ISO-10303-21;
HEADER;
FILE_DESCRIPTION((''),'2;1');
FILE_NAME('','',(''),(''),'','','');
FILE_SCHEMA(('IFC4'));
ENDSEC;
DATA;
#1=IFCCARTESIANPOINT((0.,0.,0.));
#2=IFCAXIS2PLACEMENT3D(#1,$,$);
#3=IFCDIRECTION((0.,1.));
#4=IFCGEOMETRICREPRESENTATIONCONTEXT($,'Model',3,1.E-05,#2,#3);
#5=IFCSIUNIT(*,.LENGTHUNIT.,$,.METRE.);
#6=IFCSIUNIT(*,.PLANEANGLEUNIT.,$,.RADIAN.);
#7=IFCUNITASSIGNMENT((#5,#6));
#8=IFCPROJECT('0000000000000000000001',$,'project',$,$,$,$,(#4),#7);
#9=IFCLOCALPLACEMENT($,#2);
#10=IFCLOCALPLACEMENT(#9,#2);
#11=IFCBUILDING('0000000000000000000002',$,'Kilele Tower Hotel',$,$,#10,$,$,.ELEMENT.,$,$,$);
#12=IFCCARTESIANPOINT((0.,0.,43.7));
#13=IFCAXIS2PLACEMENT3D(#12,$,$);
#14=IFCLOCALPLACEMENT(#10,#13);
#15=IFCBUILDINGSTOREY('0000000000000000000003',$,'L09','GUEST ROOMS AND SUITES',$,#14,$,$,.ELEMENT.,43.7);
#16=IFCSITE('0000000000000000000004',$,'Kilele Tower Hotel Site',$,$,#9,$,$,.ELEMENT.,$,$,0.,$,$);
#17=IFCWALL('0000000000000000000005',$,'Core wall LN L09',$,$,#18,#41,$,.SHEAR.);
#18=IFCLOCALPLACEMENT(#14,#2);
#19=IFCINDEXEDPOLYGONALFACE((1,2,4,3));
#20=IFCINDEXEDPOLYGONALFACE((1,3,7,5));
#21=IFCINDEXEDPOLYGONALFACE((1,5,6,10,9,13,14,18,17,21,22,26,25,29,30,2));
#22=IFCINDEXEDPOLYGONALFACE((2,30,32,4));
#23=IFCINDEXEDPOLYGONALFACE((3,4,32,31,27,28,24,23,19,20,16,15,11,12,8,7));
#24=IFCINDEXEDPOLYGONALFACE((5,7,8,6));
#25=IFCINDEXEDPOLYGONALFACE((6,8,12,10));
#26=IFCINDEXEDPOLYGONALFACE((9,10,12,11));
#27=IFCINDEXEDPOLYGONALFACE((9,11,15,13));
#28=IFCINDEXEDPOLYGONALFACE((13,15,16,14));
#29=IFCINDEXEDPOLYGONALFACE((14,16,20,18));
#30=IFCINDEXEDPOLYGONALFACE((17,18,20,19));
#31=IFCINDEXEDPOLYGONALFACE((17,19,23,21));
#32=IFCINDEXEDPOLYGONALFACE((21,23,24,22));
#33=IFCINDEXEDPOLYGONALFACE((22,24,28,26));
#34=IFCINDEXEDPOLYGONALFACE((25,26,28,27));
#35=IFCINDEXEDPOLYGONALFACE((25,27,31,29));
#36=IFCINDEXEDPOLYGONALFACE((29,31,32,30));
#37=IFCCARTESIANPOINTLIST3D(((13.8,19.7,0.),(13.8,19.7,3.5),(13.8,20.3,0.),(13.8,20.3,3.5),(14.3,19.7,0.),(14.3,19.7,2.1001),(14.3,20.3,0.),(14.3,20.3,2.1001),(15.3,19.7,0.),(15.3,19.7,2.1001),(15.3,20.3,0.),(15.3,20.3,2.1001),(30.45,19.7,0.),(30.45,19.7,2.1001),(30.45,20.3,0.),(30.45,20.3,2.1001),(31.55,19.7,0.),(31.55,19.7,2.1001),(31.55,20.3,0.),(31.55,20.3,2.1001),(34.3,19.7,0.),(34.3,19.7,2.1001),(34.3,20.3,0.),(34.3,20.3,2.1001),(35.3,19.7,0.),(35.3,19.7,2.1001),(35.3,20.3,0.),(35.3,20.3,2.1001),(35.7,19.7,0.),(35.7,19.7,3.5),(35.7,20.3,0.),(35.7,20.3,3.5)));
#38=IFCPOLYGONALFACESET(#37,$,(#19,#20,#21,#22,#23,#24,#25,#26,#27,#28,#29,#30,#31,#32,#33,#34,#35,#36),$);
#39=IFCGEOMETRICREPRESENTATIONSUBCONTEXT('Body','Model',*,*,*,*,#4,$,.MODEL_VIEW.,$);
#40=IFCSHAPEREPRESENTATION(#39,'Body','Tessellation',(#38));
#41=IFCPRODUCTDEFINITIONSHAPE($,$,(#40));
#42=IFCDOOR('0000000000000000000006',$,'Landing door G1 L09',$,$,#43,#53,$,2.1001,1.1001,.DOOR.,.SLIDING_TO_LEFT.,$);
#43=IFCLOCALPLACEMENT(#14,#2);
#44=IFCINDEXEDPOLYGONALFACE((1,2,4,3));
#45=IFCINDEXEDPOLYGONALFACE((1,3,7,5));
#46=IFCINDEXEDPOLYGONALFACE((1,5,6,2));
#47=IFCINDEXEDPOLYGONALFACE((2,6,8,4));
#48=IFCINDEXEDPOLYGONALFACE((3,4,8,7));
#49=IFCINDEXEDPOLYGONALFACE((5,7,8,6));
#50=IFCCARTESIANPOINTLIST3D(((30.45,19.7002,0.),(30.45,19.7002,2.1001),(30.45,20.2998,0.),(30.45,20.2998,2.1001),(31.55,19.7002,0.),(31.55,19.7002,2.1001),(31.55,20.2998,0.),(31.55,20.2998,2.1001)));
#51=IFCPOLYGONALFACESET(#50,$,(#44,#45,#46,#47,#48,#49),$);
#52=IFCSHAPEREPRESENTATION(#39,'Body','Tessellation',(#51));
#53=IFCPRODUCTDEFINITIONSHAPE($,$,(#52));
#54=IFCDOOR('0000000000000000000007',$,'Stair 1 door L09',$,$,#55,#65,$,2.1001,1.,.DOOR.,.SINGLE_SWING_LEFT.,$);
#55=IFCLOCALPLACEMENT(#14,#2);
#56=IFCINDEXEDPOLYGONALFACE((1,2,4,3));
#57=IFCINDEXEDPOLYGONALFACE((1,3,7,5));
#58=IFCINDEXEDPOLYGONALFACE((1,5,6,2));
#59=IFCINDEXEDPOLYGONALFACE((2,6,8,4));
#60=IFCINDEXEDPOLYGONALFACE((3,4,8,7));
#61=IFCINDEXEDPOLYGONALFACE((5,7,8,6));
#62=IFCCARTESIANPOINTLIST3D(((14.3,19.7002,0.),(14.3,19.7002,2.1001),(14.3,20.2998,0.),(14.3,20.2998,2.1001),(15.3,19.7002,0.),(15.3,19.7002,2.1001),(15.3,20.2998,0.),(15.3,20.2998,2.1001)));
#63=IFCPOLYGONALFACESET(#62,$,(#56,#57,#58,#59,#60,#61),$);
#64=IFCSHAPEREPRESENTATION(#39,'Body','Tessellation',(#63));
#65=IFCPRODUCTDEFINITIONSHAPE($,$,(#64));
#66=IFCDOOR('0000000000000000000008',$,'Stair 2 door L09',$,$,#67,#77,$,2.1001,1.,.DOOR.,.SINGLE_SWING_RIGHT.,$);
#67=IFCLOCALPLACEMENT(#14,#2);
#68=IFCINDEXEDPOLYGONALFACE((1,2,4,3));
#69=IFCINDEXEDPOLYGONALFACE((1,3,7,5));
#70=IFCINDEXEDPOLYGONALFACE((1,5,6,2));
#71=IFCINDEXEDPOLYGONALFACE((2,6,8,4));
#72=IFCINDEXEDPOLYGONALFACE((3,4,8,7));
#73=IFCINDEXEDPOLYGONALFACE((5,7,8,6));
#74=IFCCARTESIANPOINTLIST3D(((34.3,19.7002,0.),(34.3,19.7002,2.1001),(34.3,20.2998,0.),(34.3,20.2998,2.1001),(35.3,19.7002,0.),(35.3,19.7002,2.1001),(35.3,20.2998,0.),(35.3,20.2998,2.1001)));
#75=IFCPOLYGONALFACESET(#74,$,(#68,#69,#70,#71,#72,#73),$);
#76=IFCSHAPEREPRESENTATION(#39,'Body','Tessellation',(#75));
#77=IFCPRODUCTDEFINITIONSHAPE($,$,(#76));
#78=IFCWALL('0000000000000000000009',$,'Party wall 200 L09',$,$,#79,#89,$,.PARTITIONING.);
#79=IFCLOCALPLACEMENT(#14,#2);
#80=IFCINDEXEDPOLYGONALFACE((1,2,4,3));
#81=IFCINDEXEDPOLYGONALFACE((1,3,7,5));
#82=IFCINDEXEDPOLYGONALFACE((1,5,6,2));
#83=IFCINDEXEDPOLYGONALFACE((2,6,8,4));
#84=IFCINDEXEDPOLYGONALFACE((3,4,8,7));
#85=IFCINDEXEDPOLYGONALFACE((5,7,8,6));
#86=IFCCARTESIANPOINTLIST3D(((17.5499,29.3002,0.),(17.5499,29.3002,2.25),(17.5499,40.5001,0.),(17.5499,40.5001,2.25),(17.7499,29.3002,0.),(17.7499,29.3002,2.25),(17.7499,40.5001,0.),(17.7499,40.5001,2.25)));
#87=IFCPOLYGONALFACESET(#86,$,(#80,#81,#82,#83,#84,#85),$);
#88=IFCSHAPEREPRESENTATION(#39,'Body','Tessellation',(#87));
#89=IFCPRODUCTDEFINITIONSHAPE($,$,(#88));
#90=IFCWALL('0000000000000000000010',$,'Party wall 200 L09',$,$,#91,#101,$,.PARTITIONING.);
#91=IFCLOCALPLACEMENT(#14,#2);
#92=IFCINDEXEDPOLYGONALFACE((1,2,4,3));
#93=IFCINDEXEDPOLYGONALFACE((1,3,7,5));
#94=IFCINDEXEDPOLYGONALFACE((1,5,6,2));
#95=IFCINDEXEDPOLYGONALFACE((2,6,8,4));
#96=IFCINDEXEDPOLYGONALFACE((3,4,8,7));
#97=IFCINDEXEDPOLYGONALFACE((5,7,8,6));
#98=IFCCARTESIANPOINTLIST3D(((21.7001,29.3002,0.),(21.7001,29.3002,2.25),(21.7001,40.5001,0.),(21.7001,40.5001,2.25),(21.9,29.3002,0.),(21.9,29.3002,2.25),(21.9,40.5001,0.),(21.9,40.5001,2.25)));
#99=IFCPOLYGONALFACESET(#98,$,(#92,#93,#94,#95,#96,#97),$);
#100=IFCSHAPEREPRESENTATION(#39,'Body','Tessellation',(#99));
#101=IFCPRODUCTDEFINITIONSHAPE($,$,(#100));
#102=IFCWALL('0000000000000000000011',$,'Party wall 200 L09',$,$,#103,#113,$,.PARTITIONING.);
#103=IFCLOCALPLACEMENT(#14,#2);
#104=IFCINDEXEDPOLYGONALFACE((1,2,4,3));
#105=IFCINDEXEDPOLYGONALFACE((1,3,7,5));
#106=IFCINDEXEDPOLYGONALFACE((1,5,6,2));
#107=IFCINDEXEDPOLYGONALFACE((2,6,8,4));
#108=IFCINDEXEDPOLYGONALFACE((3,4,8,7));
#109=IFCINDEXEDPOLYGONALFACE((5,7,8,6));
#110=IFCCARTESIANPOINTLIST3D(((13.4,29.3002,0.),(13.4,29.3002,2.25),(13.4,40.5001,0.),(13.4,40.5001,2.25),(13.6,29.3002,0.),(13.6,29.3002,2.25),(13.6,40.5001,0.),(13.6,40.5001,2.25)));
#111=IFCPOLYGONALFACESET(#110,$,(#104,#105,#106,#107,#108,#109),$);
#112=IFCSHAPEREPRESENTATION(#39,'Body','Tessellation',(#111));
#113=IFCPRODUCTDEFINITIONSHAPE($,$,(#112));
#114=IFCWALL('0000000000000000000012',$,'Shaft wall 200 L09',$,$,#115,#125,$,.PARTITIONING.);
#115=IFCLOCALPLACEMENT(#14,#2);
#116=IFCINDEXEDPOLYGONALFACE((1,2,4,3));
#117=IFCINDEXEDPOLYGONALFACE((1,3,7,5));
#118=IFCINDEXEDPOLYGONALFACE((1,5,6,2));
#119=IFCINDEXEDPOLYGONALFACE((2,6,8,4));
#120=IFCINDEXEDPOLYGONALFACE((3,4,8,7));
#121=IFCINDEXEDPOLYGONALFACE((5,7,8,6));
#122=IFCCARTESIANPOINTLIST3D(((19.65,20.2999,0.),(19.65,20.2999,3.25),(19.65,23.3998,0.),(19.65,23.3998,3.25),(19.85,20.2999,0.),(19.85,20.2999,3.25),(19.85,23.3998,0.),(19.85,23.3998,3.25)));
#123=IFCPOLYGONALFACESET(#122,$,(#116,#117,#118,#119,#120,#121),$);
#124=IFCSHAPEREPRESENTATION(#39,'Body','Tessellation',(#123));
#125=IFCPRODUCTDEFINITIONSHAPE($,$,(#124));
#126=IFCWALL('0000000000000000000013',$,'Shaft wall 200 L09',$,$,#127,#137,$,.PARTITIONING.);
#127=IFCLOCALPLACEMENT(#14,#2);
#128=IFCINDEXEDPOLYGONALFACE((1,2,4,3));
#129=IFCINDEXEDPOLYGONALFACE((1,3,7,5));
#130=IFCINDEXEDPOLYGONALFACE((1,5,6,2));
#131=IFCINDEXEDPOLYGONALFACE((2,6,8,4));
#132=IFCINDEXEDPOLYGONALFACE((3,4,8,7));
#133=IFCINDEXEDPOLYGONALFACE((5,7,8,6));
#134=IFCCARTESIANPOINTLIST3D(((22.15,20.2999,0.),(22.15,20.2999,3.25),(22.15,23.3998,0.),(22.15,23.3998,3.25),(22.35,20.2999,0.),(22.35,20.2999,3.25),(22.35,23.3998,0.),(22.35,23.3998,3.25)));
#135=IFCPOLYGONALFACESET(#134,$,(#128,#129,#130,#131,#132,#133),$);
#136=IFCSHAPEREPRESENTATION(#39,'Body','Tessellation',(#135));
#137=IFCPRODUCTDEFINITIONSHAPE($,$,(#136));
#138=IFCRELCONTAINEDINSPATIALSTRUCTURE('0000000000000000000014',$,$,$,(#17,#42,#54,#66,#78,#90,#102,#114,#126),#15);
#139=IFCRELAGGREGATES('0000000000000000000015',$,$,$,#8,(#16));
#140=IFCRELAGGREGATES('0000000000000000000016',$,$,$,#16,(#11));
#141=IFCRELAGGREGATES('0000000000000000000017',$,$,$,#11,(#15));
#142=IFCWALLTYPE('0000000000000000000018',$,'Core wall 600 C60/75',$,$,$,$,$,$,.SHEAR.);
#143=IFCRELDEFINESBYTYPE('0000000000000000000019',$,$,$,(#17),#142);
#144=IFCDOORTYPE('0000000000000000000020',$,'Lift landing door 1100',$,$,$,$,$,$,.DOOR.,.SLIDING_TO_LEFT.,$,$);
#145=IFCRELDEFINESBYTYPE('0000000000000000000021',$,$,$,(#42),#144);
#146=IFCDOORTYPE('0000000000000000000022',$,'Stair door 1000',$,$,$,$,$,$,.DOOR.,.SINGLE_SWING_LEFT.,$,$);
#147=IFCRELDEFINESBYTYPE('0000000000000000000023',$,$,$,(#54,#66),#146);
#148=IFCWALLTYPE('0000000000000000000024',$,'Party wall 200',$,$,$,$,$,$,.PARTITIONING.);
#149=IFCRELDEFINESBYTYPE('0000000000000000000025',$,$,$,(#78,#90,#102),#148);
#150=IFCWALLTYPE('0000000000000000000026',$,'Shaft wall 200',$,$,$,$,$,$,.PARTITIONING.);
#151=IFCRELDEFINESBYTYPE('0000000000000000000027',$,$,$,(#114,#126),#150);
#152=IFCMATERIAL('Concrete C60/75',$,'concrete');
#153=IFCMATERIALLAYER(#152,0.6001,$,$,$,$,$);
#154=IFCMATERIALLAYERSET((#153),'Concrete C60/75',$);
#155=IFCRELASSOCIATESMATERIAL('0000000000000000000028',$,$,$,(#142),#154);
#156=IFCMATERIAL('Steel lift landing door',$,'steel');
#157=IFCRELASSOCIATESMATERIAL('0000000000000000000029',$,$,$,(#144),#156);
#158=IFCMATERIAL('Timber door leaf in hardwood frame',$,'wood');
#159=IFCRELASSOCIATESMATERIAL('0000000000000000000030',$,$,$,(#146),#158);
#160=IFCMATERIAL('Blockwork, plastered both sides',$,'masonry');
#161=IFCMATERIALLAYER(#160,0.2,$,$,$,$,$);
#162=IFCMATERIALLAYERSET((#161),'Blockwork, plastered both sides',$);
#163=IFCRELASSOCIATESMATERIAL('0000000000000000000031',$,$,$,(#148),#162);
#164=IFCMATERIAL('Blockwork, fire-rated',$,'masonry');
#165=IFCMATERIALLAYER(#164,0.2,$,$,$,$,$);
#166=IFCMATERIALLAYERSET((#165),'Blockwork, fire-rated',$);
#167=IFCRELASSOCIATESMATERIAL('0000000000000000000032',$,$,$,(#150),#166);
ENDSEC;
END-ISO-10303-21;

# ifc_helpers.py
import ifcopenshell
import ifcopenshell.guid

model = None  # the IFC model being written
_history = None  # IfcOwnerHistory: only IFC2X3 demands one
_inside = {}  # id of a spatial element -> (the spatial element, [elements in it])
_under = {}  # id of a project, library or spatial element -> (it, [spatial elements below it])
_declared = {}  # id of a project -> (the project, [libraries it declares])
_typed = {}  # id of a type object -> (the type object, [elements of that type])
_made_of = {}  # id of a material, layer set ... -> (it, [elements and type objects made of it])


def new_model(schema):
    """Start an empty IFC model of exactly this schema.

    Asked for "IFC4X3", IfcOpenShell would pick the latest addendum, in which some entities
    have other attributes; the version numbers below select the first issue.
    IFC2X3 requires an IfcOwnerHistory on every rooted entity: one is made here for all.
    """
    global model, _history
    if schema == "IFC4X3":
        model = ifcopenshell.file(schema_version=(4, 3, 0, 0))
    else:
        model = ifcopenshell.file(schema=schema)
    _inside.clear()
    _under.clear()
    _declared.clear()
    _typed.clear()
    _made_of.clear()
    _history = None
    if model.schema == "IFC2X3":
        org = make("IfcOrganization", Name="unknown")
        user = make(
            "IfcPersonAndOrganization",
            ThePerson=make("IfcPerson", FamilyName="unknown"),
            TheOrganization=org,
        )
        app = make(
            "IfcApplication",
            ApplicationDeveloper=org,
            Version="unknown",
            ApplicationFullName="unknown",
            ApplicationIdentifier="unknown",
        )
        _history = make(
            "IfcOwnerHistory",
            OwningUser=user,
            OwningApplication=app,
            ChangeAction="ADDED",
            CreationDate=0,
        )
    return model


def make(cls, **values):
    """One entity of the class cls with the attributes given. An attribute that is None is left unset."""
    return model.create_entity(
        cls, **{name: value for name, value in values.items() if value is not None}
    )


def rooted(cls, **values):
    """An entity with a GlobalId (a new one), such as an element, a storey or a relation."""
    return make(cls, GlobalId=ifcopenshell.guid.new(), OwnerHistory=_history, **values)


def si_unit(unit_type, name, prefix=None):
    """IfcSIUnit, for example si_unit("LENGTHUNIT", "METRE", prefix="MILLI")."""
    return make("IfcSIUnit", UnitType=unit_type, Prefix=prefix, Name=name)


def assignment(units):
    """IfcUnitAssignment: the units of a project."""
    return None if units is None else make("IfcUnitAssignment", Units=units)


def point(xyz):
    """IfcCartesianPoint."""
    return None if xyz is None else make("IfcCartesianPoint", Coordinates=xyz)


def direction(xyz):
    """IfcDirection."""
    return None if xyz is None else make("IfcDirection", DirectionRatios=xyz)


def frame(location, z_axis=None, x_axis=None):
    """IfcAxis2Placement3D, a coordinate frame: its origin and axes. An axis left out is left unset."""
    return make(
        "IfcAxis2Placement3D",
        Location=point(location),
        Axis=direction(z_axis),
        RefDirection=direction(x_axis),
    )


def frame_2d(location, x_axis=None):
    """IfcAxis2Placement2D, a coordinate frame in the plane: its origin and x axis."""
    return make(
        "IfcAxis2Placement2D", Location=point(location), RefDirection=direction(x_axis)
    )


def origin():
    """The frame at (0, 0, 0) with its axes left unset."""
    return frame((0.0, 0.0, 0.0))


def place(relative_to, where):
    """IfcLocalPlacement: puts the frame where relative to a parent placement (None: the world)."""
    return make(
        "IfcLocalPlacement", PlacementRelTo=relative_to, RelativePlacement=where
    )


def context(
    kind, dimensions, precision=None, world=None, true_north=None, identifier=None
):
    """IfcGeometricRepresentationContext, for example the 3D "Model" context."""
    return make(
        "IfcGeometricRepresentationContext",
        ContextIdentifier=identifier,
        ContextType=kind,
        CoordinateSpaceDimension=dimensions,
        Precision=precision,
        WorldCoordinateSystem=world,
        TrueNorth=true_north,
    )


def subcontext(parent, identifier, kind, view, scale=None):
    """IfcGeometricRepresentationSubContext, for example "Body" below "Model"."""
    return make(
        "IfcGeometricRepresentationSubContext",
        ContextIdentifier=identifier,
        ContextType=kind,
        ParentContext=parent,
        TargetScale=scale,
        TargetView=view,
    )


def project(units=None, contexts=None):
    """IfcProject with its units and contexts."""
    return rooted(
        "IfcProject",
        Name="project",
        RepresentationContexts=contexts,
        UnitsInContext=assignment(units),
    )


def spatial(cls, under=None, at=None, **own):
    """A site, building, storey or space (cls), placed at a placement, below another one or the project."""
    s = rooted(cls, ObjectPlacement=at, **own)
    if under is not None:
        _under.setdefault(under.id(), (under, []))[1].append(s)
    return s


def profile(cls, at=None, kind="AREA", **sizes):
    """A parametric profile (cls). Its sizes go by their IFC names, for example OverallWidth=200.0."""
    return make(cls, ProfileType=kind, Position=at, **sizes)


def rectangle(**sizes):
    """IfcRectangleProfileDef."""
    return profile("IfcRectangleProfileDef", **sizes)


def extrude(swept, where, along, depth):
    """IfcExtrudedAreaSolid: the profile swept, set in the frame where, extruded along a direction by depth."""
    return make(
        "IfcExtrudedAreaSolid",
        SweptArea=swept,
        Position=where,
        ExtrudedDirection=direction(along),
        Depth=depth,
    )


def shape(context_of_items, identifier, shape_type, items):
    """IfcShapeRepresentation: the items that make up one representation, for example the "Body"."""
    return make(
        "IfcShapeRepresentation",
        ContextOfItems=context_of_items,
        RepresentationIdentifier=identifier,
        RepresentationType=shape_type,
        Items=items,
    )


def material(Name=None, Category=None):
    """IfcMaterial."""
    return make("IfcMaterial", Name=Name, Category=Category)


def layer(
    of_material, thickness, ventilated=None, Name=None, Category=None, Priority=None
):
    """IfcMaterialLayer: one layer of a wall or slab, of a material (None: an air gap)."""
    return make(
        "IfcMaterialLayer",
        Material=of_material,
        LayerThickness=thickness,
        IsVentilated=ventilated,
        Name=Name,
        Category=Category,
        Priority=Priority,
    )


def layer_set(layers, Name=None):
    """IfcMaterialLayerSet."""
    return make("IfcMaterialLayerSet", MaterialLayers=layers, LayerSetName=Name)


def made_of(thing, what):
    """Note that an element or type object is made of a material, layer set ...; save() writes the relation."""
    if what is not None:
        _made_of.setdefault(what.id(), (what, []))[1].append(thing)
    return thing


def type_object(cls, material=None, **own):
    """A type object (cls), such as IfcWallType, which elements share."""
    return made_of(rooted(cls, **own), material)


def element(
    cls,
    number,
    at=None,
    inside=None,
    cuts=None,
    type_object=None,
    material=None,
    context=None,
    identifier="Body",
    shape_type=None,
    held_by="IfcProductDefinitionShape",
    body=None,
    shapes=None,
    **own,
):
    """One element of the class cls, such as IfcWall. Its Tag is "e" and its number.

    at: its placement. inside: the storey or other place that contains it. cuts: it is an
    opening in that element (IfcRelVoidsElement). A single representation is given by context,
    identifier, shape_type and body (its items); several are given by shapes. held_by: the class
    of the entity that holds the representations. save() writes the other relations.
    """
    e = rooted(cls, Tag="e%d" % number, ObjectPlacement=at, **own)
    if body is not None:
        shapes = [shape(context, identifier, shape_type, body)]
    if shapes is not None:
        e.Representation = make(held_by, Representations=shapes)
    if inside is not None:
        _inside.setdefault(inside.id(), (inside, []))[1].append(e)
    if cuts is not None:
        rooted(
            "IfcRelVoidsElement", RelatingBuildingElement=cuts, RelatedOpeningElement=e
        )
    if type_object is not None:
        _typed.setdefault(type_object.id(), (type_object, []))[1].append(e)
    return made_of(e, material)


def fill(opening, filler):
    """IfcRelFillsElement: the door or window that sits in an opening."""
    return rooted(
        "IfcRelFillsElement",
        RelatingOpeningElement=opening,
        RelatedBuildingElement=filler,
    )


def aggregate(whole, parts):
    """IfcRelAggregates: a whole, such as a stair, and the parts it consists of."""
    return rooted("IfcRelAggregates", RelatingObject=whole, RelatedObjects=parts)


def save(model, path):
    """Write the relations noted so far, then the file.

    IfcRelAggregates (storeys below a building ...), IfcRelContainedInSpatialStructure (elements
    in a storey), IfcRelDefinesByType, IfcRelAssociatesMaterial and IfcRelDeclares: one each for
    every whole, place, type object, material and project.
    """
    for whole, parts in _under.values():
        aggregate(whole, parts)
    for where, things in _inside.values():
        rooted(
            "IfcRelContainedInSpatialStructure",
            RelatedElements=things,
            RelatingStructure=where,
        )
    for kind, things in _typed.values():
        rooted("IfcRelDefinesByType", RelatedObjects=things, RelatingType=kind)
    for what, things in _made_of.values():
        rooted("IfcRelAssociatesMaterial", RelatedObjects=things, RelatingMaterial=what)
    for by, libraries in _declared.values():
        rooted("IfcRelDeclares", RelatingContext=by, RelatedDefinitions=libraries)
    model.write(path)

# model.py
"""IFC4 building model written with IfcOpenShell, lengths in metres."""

from ifc_helpers import new_model, si_unit, direction, frame, frame_2d, origin, place, context, subcontext, project, spatial, rectangle, extrude, material, layer, layer_set, type_object, element, fill, save


model = new_model("IFC4")

# Units and contexts
model_context = context("Model", 3, precision=1e-05, world=origin(), true_north=direction((0.0, 1.0)))
body_context = subcontext(model_context, "Body", "Model", "MODEL_VIEW")
ifc_project = project(units=[si_unit("LENGTHUNIT", "METRE"), si_unit("PLANEANGLEUNIT", "RADIAN")], contexts=[model_context])

# Site, building, storey
site_placement = place(None, origin())
site = spatial("IfcSite", under=ifc_project, at=site_placement, Name="Kilele Tower Hotel Site", CompositionType="ELEMENT", RefElevation=0.0)
building_placement = place(site_placement, origin())
building = spatial("IfcBuilding", under=site, at=building_placement, Name="Kilele Tower Hotel", CompositionType="ELEMENT")
storey_placement = place(building_placement, frame((0.0, 0.0, 43.7)))
storey = spatial("IfcBuildingStorey", under=building, at=storey_placement, Name="L09", Description="GUEST ROOMS AND SUITES", CompositionType="ELEMENT", Elevation=43.7)

# Wall, openings, doors
ifc_material_1 = material(Name="Concrete C60/75", Category="concrete")
ifc_layer_1 = layer(ifc_material_1, 0.6001)
ifc_layer_set_1 = layer_set([ifc_layer_1], Name="Concrete C60/75")
wall_type_1 = type_object("IfcWallType", Name="Core wall 600 C60/75", PredefinedType="SHEAR", material=ifc_layer_set_1)
wall_1_placement = place(storey_placement, frame((13.8, 20.0, 0.0), z_axis=(0.0, 0.0, 1.0), x_axis=(1.0, 0.0, 0.0)))
wall_1 = element("IfcWall", 1, at=wall_1_placement, inside=storey, type_object=wall_type_1, Name="Core wall LN L09", PredefinedType="SHEAR", context=body_context, shape_type="SweptSolid", body=[
    extrude(rectangle(XDim=21.8999, YDim=0.6001, at=frame_2d((10.95, 0.0))), origin(), (0.0, 0.0, 1.0), 3.5),
])
opening_1_placement = place(wall_1_placement, frame((0.5, 0.0, 0.0)))
opening_1 = element("IfcOpeningElement", 2, at=opening_1_placement, cuts=wall_1, PredefinedType="OPENING", context=body_context, shape_type="SweptSolid", body=[
    extrude(rectangle(XDim=1.0, YDim=2.1001, at=frame_2d((0.5, 1.05))), frame((0.0, 0.3101, 0.0), z_axis=(0.0, -1.0, 0.0), x_axis=(1.0, 0.0, 0.0)), (0.0, 0.0, 1.0), 0.6201),
])
opening_2_placement = place(wall_1_placement, frame((20.5, 0.0, 0.0)))
opening_2 = element("IfcOpeningElement", 3, at=opening_2_placement, cuts=wall_1, PredefinedType="OPENING", context=body_context, shape_type="SweptSolid", body=[
    extrude(rectangle(XDim=1.0, YDim=2.1001, at=frame_2d((0.5, 1.05))), frame((0.0, 0.3101, 0.0), z_axis=(0.0, -1.0, 0.0), x_axis=(1.0, 0.0, 0.0)), (0.0, 0.0, 1.0), 0.6201),
])
opening_3_placement = place(wall_1_placement, frame((16.6499, 0.0, 0.0)))
opening_3 = element("IfcOpeningElement", 4, at=opening_3_placement, cuts=wall_1, PredefinedType="OPENING", context=body_context, shape_type="SweptSolid", body=[
    extrude(rectangle(XDim=1.1001, YDim=2.1001, at=frame_2d((0.55, 1.05))), frame((0.0, 0.3101, 0.0), z_axis=(0.0, -1.0, 0.0), x_axis=(1.0, 0.0, 0.0)), (0.0, 0.0, 1.0), 0.6201),
])
ifc_material_2 = material(Name="Steel lift landing door", Category="steel")
door_type_1 = type_object("IfcDoorType", Name="Lift landing door 1100", OperationType="SLIDING_TO_LEFT", PredefinedType="DOOR", material=ifc_material_2)
door_1_placement = place(opening_3_placement, origin())
door_1 = element("IfcDoor", 5, at=door_1_placement, inside=storey, type_object=door_type_1, Name="Landing door G1 L09", OperationType="SLIDING_TO_LEFT", OverallHeight=2.1001, OverallWidth=1.1001, PredefinedType="DOOR", context=body_context, shape_type="SweptSolid", body=[
    extrude(rectangle(XDim=1.1001, YDim=2.1001, at=frame_2d((0.55, 1.05))), frame((0.0, 0.2998, 0.0), z_axis=(0.0, -1.0, 0.0), x_axis=(1.0, 0.0, 0.0)), (0.0, 0.0, 1.0), 0.5996),
])
fill(opening_3, door_1)
ifc_material_3 = material(Name="Timber door leaf in hardwood frame", Category="wood")
door_type_2 = type_object("IfcDoorType", Name="Stair door 1000", OperationType="SINGLE_SWING_LEFT", PredefinedType="DOOR", material=ifc_material_3)
door_2_placement = place(opening_1_placement, origin())
door_2 = element("IfcDoor", 6, at=door_2_placement, inside=storey, type_object=door_type_2, Name="Stair 1 door L09", OperationType="SINGLE_SWING_LEFT", OverallHeight=2.1001, OverallWidth=1.0, PredefinedType="DOOR", context=body_context, shape_type="SweptSolid", body=[
    extrude(rectangle(XDim=1.0, YDim=2.1001, at=frame_2d((0.5, 1.05))), frame((0.0, 0.2998, 0.0), z_axis=(0.0, -1.0, 0.0), x_axis=(1.0, 0.0, 0.0)), (0.0, 0.0, 1.0), 0.5996),
])
fill(opening_1, door_2)
door_3_placement = place(opening_2_placement, origin())
door_3 = element("IfcDoor", 7, at=door_3_placement, inside=storey, type_object=door_type_2, Name="Stair 2 door L09", OperationType="SINGLE_SWING_RIGHT", OverallHeight=2.1001, OverallWidth=1.0, PredefinedType="DOOR", context=body_context, shape_type="SweptSolid", body=[
    extrude(rectangle(XDim=1.0, YDim=2.1001, at=frame_2d((0.5, 1.05))), frame((0.0, 0.2998, 0.0), z_axis=(0.0, -1.0, 0.0), x_axis=(1.0, 0.0, 0.0)), (0.0, 0.0, 1.0), 0.5996),
])
fill(opening_2, door_3)

# Walls
ifc_material_4 = material(Name="Blockwork, plastered both sides", Category="masonry")
ifc_layer_2 = layer(ifc_material_4, 0.2)
ifc_layer_set_2 = layer_set([ifc_layer_2], Name="Blockwork, plastered both sides")
wall_type_2 = type_object("IfcWallType", Name="Party wall 200", PredefinedType="PARTITIONING", material=ifc_layer_set_2)
for number, where, z_axis, x_axis, name in (
    (8, (17.6499, 29.3, 0.0), (0.0, 0.0, 1.0), (0.0, 1.0, 0.0), "Party wall 200 L09"),
    (9, (21.8, 29.3, 0.0), (0.0, 0.0, 1.0), (0.0, 1.0, 0.0), "Party wall 200 L09"),
    (10, (13.5, 29.3, 0.0), (0.0, 0.0, 1.0), (0.0, 1.0, 0.0), "Party wall 200 L09"),
):
    element("IfcWall", number, at=place(storey_placement, frame(where, z_axis=z_axis, x_axis=x_axis)), inside=storey, type_object=wall_type_2, Name=name, PredefinedType="PARTITIONING", context=body_context, shape_type="SweptSolid", body=[
        extrude(rectangle(XDim=11.2, YDim=0.2, at=frame_2d((5.6001, 0.0))), origin(), (0.0, 0.0, 1.0), 2.25),
    ])
ifc_material_5 = material(Name="Blockwork, fire-rated", Category="masonry")
ifc_layer_3 = layer(ifc_material_5, 0.2)
ifc_layer_set_3 = layer_set([ifc_layer_3], Name="Blockwork, fire-rated")
wall_type_3 = type_object("IfcWallType", Name="Shaft wall 200", PredefinedType="PARTITIONING", material=ifc_layer_set_3)
for number, where, z_axis, x_axis, name in (
    (11, (19.75, 20.3, 0.0), (0.0, 0.0, 1.0), (0.0, 1.0, 0.0), "Shaft wall 200 L09"),
    (12, (22.25, 20.3, 0.0), (0.0, 0.0, 1.0), (0.0, 1.0, 0.0), "Shaft wall 200 L09"),
):
    element("IfcWall", number, at=place(storey_placement, frame(where, z_axis=z_axis, x_axis=x_axis)), inside=storey, type_object=wall_type_3, Name=name, PredefinedType="PARTITIONING", context=body_context, shape_type="SweptSolid", body=[
        extrude(rectangle(XDim=3.0999, YDim=0.2, at=frame_2d((1.5498, 0.0))), origin(), (0.0, 0.0, 1.0), 3.25),
    ])

save(model, "model.ifc")
